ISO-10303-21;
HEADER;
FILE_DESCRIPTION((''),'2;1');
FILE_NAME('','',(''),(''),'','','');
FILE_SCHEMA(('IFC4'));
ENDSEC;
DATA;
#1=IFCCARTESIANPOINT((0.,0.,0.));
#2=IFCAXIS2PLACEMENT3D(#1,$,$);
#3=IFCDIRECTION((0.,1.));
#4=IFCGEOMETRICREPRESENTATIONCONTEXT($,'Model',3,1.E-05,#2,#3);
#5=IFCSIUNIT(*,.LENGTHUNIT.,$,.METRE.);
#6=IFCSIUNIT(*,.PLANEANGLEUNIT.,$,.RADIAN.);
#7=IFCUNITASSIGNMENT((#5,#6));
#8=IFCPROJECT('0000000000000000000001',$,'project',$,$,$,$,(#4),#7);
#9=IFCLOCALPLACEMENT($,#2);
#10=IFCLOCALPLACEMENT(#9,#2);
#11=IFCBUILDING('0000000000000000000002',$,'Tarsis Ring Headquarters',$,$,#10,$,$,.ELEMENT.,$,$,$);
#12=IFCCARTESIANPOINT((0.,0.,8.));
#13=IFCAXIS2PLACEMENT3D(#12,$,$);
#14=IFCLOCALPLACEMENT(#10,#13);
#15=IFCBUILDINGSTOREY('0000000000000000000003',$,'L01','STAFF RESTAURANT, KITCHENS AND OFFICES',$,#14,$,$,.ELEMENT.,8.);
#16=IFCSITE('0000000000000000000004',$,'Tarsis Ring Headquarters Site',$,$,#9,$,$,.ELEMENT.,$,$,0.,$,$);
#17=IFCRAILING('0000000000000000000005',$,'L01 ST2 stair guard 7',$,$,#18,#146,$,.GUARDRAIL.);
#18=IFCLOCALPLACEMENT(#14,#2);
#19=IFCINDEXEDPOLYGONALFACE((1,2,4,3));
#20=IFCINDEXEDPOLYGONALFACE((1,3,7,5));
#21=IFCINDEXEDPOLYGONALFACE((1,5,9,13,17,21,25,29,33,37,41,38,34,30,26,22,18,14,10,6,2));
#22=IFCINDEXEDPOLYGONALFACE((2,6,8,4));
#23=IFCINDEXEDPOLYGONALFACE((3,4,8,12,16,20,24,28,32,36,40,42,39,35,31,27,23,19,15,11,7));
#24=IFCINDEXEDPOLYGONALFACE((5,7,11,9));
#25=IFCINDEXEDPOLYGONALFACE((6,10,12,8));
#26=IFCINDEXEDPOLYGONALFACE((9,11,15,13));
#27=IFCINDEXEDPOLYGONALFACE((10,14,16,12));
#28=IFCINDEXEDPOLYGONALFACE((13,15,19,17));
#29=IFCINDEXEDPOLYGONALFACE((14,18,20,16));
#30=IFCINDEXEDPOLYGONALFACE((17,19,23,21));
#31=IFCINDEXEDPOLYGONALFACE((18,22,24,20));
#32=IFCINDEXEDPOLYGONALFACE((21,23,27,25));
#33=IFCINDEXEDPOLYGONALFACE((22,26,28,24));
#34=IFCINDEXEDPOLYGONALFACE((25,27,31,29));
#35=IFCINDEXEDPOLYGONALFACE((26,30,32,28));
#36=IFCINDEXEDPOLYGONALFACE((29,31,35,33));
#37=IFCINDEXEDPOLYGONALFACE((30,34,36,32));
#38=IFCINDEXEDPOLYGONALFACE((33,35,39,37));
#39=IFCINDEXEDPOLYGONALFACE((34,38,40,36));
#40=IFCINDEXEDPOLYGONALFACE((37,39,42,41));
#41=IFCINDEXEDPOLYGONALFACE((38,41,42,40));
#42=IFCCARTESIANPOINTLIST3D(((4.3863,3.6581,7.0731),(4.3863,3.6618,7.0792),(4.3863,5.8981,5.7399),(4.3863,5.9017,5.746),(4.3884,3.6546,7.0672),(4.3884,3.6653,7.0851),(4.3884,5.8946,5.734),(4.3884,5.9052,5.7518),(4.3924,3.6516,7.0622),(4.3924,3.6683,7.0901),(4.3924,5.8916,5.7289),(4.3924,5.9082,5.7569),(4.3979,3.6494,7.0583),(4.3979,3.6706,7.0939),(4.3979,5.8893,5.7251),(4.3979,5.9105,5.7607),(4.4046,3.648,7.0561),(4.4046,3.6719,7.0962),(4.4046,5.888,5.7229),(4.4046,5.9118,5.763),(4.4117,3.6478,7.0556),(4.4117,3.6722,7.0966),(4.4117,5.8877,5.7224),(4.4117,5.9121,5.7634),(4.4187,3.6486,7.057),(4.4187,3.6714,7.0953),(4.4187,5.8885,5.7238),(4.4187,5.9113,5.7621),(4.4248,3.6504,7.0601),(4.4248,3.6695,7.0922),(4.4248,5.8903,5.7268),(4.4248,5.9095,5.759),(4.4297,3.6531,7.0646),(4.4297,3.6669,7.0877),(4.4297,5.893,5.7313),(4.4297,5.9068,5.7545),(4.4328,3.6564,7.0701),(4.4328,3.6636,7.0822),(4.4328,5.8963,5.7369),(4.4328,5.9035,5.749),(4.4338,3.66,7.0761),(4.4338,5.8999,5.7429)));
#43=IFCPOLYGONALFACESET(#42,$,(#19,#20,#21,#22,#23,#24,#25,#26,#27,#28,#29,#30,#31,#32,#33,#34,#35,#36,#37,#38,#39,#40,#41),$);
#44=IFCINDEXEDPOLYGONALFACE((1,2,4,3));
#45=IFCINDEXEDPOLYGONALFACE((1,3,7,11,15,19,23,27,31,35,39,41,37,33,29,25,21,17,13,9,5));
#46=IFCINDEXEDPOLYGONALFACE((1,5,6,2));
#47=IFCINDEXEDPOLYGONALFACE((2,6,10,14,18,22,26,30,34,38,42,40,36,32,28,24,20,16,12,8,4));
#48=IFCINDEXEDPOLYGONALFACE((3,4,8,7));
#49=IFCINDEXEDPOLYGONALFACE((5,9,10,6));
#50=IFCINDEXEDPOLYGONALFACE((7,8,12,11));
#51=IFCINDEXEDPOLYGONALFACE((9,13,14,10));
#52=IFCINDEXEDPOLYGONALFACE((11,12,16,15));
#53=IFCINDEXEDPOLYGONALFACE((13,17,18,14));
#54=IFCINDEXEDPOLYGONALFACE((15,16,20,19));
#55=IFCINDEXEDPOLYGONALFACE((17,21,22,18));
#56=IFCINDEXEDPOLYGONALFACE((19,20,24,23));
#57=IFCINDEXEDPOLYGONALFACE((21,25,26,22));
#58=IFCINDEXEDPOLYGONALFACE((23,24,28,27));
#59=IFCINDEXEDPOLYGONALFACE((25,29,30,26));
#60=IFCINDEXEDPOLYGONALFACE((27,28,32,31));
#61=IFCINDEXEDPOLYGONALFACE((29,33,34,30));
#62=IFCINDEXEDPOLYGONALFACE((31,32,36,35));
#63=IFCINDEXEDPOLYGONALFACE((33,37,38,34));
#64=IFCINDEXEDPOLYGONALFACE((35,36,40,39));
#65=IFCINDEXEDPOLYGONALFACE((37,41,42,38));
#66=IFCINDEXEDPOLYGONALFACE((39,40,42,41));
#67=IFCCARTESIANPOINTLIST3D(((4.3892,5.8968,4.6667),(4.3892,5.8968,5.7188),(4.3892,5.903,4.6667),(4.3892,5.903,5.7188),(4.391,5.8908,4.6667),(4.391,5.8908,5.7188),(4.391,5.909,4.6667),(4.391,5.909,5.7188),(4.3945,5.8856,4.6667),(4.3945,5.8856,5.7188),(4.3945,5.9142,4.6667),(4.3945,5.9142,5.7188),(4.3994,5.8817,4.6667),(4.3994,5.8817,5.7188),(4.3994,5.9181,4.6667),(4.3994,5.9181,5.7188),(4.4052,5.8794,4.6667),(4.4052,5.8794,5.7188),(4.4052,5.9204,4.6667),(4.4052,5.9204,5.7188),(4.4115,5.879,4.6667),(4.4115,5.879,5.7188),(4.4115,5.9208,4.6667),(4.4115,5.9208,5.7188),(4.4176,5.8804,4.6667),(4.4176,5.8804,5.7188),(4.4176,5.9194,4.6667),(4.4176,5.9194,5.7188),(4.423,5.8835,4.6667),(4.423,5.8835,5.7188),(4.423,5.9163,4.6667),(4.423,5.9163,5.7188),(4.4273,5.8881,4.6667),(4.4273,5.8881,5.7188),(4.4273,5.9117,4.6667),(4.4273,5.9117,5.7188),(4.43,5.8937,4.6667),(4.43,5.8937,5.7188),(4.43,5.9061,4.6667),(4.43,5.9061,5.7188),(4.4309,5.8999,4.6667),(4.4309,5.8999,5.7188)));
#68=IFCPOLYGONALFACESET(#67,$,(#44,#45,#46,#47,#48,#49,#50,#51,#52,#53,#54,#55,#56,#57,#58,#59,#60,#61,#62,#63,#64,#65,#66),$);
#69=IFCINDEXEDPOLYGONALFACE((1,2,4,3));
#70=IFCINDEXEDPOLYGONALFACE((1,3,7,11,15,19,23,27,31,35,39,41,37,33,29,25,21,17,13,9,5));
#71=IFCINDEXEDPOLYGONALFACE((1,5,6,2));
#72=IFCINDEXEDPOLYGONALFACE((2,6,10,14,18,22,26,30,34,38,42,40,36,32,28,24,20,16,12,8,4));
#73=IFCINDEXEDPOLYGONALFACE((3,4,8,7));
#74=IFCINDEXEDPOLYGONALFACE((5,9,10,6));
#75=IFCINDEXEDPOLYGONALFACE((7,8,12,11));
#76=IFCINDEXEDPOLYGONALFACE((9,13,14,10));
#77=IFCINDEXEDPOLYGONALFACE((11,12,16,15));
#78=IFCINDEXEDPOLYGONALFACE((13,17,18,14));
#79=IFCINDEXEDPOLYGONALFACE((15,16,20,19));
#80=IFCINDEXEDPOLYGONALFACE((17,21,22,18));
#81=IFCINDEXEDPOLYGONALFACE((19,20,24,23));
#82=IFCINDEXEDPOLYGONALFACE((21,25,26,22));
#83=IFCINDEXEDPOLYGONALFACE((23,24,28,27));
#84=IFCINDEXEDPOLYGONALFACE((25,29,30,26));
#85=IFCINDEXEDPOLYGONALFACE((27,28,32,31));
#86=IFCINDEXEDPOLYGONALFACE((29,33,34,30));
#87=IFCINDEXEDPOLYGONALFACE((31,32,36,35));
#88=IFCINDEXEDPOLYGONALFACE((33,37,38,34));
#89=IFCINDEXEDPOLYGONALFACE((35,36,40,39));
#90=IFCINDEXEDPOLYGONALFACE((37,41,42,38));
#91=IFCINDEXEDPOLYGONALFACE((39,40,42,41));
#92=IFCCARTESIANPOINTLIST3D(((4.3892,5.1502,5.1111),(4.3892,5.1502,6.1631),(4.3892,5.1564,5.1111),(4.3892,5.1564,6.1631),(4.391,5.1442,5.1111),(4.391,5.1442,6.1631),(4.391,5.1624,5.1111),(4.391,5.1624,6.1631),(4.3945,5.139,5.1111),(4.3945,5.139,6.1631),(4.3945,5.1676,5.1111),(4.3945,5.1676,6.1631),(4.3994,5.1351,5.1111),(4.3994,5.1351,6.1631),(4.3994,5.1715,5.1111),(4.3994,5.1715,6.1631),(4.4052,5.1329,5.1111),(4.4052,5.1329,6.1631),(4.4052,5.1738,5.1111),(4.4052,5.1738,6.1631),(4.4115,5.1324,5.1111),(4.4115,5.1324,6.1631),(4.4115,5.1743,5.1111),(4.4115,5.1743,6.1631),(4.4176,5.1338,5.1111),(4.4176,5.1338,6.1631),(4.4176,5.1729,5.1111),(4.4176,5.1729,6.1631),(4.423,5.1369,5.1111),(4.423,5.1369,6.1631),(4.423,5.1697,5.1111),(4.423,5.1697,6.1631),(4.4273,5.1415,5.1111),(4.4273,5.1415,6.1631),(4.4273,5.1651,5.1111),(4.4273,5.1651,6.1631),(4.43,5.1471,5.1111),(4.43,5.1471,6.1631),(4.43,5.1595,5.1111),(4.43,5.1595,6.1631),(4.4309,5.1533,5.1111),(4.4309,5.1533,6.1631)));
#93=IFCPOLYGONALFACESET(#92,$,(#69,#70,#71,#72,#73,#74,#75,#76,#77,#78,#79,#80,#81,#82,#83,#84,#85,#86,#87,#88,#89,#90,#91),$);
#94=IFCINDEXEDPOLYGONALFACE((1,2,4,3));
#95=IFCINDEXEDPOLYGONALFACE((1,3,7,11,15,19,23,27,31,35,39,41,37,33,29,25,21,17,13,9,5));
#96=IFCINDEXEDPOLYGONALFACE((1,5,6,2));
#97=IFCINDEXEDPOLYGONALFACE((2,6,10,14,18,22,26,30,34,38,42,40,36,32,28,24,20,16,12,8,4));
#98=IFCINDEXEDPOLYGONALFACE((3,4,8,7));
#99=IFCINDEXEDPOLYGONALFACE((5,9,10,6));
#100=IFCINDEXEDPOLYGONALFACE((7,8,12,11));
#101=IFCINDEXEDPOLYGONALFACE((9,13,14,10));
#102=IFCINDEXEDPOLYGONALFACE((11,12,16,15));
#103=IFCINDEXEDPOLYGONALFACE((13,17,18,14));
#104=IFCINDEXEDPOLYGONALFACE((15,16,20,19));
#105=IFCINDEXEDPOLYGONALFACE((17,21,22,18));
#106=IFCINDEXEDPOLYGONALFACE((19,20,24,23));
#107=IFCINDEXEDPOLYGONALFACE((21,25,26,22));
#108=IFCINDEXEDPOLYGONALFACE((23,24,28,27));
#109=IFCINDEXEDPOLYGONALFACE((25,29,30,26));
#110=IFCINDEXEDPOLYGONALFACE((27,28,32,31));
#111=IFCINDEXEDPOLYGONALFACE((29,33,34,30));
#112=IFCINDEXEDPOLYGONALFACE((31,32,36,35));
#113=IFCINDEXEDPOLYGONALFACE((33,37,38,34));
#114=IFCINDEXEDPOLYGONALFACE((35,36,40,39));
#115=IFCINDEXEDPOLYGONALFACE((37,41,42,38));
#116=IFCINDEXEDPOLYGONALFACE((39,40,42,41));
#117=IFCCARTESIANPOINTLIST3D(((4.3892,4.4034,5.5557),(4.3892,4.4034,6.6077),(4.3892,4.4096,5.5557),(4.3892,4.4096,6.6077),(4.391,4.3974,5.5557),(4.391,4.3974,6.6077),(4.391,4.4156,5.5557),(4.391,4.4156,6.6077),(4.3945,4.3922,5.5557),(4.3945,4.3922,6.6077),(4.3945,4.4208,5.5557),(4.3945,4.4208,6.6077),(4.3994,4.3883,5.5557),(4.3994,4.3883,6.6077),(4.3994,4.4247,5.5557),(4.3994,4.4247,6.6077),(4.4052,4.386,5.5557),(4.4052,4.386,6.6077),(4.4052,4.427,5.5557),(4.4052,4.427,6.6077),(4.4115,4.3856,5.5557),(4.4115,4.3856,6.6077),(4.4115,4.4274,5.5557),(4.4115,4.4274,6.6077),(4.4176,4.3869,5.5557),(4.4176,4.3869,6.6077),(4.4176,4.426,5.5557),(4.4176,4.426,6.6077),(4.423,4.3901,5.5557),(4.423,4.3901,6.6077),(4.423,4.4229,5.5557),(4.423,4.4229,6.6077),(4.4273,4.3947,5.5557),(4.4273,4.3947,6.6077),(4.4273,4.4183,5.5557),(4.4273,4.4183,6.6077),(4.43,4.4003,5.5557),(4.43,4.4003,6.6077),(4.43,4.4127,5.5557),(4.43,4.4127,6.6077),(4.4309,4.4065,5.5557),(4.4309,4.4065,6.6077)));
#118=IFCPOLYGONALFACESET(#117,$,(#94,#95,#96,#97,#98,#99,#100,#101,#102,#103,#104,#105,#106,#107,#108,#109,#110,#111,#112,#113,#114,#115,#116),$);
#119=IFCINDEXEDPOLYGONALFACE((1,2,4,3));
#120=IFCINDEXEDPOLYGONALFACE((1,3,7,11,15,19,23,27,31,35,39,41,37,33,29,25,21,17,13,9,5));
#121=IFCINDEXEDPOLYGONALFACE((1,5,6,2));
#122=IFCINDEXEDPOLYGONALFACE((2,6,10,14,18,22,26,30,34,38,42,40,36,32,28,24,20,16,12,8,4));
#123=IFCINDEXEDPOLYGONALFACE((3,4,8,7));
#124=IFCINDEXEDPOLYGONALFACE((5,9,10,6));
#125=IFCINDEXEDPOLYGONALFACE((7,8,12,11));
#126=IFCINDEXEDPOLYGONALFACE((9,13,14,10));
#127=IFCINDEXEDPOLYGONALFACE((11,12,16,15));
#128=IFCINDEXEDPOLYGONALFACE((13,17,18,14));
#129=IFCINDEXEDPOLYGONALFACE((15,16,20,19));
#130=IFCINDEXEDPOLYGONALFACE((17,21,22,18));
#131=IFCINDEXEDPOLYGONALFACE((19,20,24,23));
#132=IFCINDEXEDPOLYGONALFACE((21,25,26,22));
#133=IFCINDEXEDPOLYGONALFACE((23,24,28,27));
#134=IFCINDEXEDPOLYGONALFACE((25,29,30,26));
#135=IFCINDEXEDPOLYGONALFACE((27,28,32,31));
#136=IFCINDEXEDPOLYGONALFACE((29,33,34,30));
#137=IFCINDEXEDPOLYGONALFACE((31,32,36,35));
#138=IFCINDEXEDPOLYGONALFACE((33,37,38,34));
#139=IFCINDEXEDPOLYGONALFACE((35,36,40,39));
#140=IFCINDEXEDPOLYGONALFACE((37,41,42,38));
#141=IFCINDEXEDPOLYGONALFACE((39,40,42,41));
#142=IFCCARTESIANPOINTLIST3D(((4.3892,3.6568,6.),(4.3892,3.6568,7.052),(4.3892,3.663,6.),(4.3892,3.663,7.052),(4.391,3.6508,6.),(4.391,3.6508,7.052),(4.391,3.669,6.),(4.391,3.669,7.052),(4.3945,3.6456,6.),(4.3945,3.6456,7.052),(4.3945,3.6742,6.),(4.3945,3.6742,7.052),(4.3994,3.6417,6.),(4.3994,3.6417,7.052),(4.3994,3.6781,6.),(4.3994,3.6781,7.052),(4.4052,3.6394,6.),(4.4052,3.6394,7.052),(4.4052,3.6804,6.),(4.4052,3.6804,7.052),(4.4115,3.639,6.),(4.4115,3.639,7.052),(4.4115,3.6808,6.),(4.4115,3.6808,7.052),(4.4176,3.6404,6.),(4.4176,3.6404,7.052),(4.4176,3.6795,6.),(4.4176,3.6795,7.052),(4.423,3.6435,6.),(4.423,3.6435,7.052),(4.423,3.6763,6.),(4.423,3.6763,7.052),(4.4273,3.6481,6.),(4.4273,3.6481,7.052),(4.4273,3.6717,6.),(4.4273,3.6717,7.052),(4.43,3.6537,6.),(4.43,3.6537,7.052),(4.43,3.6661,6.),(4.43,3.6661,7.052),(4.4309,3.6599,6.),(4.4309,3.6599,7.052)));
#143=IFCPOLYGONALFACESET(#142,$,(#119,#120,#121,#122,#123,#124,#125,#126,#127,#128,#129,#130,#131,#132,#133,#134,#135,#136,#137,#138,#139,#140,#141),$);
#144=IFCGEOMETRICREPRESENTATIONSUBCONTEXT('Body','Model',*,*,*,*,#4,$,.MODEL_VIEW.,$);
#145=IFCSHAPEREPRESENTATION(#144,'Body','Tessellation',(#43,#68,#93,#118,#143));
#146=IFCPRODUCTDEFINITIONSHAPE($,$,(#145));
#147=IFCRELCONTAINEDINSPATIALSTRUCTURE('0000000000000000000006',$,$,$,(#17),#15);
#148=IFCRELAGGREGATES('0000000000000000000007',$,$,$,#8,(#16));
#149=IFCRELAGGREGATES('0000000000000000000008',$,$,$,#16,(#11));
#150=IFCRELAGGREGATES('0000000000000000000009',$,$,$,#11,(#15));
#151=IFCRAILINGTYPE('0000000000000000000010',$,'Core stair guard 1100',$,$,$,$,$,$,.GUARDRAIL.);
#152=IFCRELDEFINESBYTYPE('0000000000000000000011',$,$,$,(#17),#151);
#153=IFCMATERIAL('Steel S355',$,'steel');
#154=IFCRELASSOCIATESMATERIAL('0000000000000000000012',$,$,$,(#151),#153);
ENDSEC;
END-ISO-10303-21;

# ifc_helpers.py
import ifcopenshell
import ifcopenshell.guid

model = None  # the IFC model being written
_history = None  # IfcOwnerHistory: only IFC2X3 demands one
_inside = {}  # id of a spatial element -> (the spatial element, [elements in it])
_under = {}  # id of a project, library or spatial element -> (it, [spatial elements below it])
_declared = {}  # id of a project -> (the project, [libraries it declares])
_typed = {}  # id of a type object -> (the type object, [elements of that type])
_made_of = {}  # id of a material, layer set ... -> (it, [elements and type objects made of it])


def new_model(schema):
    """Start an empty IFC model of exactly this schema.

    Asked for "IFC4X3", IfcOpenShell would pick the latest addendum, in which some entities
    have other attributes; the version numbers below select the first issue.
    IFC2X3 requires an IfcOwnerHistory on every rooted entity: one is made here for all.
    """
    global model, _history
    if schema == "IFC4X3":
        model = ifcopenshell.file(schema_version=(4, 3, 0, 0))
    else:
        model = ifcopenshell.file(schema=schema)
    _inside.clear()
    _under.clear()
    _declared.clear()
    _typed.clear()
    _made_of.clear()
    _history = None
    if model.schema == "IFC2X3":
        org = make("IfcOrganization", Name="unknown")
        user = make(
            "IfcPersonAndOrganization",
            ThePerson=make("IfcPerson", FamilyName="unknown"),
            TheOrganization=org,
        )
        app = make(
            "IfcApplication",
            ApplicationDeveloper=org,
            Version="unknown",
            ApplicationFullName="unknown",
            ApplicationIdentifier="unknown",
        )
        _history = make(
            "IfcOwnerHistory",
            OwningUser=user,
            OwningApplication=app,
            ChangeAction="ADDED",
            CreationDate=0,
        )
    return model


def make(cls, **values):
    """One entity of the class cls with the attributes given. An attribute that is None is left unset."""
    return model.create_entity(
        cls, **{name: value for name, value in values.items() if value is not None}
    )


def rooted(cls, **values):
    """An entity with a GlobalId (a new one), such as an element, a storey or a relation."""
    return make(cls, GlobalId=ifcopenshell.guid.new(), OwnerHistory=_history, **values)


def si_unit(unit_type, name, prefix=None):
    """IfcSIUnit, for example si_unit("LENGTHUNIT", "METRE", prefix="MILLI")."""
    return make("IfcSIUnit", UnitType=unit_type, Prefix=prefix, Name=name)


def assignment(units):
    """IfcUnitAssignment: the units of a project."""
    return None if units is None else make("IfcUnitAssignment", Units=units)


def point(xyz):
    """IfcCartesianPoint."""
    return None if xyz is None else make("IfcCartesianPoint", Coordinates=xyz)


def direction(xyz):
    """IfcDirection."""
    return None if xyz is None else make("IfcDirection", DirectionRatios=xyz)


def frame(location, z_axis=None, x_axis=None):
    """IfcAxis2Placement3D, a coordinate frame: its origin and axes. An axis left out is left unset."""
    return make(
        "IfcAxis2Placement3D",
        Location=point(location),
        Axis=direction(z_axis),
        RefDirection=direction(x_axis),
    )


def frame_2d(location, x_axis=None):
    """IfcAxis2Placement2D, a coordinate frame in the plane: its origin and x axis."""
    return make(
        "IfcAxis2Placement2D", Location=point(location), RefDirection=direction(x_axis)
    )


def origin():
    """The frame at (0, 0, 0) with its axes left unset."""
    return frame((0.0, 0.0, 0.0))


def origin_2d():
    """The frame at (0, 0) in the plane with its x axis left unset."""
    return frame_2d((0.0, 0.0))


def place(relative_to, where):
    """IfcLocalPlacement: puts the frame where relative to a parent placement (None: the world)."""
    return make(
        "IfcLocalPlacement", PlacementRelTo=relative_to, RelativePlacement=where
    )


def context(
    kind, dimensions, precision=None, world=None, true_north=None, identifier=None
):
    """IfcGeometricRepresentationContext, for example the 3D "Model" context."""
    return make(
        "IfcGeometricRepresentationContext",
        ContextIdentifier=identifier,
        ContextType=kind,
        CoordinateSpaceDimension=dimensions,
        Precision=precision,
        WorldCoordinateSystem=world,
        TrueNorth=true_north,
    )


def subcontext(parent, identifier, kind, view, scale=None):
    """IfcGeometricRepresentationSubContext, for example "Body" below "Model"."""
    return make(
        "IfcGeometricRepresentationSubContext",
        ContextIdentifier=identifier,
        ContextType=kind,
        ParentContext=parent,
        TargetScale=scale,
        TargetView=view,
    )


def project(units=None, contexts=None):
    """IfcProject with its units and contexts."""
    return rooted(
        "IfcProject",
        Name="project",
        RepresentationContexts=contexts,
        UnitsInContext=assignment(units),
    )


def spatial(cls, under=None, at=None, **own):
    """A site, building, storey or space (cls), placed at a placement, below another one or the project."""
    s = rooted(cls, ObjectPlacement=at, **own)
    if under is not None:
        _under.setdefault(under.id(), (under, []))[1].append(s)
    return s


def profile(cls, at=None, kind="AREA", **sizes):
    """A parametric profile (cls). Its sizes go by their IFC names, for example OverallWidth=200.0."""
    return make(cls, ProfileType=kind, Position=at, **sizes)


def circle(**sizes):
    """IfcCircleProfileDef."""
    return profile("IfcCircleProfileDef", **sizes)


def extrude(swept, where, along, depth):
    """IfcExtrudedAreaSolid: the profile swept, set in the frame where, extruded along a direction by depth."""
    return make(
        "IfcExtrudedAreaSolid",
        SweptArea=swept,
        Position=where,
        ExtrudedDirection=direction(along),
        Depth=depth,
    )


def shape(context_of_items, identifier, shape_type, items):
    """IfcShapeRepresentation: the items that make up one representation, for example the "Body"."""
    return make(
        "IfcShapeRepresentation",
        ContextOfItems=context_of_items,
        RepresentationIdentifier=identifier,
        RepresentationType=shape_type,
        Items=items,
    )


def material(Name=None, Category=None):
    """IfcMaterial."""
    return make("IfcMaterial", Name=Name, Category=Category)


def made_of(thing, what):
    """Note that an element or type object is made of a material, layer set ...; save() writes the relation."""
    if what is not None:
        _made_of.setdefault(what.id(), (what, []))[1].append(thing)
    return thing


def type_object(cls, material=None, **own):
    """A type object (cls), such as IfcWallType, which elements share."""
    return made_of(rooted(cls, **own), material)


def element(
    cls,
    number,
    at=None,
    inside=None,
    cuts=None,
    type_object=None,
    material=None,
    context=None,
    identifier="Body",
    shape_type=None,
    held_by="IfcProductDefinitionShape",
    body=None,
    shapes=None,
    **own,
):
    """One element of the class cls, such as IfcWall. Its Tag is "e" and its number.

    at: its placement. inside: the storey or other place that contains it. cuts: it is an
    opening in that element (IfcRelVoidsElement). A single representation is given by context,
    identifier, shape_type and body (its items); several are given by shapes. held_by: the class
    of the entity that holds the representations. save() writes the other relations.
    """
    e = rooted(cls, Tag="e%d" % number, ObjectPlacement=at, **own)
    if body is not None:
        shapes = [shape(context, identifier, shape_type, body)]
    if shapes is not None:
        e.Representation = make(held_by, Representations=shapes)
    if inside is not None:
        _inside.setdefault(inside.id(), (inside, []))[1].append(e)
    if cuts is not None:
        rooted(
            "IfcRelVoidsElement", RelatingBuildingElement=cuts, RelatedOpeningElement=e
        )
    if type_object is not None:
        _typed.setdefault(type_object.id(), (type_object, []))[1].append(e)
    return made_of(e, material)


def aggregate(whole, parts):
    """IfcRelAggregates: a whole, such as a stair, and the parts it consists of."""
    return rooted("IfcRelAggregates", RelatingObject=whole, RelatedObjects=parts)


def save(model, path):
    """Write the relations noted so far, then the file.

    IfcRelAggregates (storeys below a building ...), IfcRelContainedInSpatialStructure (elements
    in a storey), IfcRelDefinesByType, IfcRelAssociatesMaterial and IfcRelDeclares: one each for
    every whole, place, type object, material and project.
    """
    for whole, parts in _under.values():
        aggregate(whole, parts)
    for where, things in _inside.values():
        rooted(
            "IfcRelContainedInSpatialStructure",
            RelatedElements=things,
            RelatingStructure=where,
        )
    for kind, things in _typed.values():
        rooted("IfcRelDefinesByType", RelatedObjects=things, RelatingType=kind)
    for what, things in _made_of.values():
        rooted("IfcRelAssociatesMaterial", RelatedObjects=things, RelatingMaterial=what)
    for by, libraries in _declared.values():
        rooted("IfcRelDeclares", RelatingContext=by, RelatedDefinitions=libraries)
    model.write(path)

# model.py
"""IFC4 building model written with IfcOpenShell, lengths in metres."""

from ifc_helpers import new_model, si_unit, direction, frame, origin, origin_2d, place, context, subcontext, project, spatial, circle, extrude, material, type_object, element, save


model = new_model("IFC4")

# Units and contexts
model_context = context("Model", 3, precision=1e-05, world=origin(), true_north=direction((0.0, 1.0)))
body_context = subcontext(model_context, "Body", "Model", "MODEL_VIEW")
ifc_project = project(units=[si_unit("LENGTHUNIT", "METRE"), si_unit("PLANEANGLEUNIT", "RADIAN")], contexts=[model_context])

# Site, building, storey
site_placement = place(None, origin())
site = spatial("IfcSite", under=ifc_project, at=site_placement, Name="Tarsis Ring Headquarters Site", CompositionType="ELEMENT", RefElevation=0.0)
building_placement = place(site_placement, origin())
building = spatial("IfcBuilding", under=site, at=building_placement, Name="Tarsis Ring Headquarters", CompositionType="ELEMENT")
storey_placement = place(building_placement, frame((0.0, 0.0, 8.0)))
storey = spatial("IfcBuildingStorey", under=building, at=storey_placement, Name="L01", Description="STAFF RESTAURANT, KITCHENS AND OFFICES", CompositionType="ELEMENT", Elevation=8.0)

# Railing
ifc_material_1 = material(Name="Steel S355", Category="steel")
railing_type_1 = type_object("IfcRailingType", Name="Core stair guard 1100", PredefinedType="GUARDRAIL", material=ifc_material_1)
railing_1_placement = place(storey_placement, frame((4.4099, 5.8999, 4.6667)))
element("IfcRailing", 1, at=railing_1_placement, inside=storey, type_object=railing_type_1, Name="L01 ST2 stair guard 7", PredefinedType="GUARDRAIL", context=body_context, shape_type="SweptSolid", body=[
    extrude(circle(Radius=0.0239, at=origin_2d()), frame((0.0, 0.0, 1.0762), z_axis=(0.0, -0.859306, 0.511462), x_axis=(1.0, 0.0, 0.0)), (0.0, 0.0, 1.0), 2.6067),
    extrude(circle(Radius=0.021, at=origin_2d()), origin(), (0.0, 0.0, 1.0), 1.052),
    extrude(circle(Radius=0.021, at=origin_2d()), frame((0.0, -0.7466, 0.4443)), (0.0, 0.0, 1.0), 1.052),
    extrude(circle(Radius=0.021, at=origin_2d()), frame((0.0, -1.4934, 0.8889)), (0.0, 0.0, 1.0), 1.052),
    extrude(circle(Radius=0.021, at=origin_2d()), frame((0.0, -2.24, 1.3333)), (0.0, 0.0, 1.0), 1.052),
])

save(model, "model.ifc")
